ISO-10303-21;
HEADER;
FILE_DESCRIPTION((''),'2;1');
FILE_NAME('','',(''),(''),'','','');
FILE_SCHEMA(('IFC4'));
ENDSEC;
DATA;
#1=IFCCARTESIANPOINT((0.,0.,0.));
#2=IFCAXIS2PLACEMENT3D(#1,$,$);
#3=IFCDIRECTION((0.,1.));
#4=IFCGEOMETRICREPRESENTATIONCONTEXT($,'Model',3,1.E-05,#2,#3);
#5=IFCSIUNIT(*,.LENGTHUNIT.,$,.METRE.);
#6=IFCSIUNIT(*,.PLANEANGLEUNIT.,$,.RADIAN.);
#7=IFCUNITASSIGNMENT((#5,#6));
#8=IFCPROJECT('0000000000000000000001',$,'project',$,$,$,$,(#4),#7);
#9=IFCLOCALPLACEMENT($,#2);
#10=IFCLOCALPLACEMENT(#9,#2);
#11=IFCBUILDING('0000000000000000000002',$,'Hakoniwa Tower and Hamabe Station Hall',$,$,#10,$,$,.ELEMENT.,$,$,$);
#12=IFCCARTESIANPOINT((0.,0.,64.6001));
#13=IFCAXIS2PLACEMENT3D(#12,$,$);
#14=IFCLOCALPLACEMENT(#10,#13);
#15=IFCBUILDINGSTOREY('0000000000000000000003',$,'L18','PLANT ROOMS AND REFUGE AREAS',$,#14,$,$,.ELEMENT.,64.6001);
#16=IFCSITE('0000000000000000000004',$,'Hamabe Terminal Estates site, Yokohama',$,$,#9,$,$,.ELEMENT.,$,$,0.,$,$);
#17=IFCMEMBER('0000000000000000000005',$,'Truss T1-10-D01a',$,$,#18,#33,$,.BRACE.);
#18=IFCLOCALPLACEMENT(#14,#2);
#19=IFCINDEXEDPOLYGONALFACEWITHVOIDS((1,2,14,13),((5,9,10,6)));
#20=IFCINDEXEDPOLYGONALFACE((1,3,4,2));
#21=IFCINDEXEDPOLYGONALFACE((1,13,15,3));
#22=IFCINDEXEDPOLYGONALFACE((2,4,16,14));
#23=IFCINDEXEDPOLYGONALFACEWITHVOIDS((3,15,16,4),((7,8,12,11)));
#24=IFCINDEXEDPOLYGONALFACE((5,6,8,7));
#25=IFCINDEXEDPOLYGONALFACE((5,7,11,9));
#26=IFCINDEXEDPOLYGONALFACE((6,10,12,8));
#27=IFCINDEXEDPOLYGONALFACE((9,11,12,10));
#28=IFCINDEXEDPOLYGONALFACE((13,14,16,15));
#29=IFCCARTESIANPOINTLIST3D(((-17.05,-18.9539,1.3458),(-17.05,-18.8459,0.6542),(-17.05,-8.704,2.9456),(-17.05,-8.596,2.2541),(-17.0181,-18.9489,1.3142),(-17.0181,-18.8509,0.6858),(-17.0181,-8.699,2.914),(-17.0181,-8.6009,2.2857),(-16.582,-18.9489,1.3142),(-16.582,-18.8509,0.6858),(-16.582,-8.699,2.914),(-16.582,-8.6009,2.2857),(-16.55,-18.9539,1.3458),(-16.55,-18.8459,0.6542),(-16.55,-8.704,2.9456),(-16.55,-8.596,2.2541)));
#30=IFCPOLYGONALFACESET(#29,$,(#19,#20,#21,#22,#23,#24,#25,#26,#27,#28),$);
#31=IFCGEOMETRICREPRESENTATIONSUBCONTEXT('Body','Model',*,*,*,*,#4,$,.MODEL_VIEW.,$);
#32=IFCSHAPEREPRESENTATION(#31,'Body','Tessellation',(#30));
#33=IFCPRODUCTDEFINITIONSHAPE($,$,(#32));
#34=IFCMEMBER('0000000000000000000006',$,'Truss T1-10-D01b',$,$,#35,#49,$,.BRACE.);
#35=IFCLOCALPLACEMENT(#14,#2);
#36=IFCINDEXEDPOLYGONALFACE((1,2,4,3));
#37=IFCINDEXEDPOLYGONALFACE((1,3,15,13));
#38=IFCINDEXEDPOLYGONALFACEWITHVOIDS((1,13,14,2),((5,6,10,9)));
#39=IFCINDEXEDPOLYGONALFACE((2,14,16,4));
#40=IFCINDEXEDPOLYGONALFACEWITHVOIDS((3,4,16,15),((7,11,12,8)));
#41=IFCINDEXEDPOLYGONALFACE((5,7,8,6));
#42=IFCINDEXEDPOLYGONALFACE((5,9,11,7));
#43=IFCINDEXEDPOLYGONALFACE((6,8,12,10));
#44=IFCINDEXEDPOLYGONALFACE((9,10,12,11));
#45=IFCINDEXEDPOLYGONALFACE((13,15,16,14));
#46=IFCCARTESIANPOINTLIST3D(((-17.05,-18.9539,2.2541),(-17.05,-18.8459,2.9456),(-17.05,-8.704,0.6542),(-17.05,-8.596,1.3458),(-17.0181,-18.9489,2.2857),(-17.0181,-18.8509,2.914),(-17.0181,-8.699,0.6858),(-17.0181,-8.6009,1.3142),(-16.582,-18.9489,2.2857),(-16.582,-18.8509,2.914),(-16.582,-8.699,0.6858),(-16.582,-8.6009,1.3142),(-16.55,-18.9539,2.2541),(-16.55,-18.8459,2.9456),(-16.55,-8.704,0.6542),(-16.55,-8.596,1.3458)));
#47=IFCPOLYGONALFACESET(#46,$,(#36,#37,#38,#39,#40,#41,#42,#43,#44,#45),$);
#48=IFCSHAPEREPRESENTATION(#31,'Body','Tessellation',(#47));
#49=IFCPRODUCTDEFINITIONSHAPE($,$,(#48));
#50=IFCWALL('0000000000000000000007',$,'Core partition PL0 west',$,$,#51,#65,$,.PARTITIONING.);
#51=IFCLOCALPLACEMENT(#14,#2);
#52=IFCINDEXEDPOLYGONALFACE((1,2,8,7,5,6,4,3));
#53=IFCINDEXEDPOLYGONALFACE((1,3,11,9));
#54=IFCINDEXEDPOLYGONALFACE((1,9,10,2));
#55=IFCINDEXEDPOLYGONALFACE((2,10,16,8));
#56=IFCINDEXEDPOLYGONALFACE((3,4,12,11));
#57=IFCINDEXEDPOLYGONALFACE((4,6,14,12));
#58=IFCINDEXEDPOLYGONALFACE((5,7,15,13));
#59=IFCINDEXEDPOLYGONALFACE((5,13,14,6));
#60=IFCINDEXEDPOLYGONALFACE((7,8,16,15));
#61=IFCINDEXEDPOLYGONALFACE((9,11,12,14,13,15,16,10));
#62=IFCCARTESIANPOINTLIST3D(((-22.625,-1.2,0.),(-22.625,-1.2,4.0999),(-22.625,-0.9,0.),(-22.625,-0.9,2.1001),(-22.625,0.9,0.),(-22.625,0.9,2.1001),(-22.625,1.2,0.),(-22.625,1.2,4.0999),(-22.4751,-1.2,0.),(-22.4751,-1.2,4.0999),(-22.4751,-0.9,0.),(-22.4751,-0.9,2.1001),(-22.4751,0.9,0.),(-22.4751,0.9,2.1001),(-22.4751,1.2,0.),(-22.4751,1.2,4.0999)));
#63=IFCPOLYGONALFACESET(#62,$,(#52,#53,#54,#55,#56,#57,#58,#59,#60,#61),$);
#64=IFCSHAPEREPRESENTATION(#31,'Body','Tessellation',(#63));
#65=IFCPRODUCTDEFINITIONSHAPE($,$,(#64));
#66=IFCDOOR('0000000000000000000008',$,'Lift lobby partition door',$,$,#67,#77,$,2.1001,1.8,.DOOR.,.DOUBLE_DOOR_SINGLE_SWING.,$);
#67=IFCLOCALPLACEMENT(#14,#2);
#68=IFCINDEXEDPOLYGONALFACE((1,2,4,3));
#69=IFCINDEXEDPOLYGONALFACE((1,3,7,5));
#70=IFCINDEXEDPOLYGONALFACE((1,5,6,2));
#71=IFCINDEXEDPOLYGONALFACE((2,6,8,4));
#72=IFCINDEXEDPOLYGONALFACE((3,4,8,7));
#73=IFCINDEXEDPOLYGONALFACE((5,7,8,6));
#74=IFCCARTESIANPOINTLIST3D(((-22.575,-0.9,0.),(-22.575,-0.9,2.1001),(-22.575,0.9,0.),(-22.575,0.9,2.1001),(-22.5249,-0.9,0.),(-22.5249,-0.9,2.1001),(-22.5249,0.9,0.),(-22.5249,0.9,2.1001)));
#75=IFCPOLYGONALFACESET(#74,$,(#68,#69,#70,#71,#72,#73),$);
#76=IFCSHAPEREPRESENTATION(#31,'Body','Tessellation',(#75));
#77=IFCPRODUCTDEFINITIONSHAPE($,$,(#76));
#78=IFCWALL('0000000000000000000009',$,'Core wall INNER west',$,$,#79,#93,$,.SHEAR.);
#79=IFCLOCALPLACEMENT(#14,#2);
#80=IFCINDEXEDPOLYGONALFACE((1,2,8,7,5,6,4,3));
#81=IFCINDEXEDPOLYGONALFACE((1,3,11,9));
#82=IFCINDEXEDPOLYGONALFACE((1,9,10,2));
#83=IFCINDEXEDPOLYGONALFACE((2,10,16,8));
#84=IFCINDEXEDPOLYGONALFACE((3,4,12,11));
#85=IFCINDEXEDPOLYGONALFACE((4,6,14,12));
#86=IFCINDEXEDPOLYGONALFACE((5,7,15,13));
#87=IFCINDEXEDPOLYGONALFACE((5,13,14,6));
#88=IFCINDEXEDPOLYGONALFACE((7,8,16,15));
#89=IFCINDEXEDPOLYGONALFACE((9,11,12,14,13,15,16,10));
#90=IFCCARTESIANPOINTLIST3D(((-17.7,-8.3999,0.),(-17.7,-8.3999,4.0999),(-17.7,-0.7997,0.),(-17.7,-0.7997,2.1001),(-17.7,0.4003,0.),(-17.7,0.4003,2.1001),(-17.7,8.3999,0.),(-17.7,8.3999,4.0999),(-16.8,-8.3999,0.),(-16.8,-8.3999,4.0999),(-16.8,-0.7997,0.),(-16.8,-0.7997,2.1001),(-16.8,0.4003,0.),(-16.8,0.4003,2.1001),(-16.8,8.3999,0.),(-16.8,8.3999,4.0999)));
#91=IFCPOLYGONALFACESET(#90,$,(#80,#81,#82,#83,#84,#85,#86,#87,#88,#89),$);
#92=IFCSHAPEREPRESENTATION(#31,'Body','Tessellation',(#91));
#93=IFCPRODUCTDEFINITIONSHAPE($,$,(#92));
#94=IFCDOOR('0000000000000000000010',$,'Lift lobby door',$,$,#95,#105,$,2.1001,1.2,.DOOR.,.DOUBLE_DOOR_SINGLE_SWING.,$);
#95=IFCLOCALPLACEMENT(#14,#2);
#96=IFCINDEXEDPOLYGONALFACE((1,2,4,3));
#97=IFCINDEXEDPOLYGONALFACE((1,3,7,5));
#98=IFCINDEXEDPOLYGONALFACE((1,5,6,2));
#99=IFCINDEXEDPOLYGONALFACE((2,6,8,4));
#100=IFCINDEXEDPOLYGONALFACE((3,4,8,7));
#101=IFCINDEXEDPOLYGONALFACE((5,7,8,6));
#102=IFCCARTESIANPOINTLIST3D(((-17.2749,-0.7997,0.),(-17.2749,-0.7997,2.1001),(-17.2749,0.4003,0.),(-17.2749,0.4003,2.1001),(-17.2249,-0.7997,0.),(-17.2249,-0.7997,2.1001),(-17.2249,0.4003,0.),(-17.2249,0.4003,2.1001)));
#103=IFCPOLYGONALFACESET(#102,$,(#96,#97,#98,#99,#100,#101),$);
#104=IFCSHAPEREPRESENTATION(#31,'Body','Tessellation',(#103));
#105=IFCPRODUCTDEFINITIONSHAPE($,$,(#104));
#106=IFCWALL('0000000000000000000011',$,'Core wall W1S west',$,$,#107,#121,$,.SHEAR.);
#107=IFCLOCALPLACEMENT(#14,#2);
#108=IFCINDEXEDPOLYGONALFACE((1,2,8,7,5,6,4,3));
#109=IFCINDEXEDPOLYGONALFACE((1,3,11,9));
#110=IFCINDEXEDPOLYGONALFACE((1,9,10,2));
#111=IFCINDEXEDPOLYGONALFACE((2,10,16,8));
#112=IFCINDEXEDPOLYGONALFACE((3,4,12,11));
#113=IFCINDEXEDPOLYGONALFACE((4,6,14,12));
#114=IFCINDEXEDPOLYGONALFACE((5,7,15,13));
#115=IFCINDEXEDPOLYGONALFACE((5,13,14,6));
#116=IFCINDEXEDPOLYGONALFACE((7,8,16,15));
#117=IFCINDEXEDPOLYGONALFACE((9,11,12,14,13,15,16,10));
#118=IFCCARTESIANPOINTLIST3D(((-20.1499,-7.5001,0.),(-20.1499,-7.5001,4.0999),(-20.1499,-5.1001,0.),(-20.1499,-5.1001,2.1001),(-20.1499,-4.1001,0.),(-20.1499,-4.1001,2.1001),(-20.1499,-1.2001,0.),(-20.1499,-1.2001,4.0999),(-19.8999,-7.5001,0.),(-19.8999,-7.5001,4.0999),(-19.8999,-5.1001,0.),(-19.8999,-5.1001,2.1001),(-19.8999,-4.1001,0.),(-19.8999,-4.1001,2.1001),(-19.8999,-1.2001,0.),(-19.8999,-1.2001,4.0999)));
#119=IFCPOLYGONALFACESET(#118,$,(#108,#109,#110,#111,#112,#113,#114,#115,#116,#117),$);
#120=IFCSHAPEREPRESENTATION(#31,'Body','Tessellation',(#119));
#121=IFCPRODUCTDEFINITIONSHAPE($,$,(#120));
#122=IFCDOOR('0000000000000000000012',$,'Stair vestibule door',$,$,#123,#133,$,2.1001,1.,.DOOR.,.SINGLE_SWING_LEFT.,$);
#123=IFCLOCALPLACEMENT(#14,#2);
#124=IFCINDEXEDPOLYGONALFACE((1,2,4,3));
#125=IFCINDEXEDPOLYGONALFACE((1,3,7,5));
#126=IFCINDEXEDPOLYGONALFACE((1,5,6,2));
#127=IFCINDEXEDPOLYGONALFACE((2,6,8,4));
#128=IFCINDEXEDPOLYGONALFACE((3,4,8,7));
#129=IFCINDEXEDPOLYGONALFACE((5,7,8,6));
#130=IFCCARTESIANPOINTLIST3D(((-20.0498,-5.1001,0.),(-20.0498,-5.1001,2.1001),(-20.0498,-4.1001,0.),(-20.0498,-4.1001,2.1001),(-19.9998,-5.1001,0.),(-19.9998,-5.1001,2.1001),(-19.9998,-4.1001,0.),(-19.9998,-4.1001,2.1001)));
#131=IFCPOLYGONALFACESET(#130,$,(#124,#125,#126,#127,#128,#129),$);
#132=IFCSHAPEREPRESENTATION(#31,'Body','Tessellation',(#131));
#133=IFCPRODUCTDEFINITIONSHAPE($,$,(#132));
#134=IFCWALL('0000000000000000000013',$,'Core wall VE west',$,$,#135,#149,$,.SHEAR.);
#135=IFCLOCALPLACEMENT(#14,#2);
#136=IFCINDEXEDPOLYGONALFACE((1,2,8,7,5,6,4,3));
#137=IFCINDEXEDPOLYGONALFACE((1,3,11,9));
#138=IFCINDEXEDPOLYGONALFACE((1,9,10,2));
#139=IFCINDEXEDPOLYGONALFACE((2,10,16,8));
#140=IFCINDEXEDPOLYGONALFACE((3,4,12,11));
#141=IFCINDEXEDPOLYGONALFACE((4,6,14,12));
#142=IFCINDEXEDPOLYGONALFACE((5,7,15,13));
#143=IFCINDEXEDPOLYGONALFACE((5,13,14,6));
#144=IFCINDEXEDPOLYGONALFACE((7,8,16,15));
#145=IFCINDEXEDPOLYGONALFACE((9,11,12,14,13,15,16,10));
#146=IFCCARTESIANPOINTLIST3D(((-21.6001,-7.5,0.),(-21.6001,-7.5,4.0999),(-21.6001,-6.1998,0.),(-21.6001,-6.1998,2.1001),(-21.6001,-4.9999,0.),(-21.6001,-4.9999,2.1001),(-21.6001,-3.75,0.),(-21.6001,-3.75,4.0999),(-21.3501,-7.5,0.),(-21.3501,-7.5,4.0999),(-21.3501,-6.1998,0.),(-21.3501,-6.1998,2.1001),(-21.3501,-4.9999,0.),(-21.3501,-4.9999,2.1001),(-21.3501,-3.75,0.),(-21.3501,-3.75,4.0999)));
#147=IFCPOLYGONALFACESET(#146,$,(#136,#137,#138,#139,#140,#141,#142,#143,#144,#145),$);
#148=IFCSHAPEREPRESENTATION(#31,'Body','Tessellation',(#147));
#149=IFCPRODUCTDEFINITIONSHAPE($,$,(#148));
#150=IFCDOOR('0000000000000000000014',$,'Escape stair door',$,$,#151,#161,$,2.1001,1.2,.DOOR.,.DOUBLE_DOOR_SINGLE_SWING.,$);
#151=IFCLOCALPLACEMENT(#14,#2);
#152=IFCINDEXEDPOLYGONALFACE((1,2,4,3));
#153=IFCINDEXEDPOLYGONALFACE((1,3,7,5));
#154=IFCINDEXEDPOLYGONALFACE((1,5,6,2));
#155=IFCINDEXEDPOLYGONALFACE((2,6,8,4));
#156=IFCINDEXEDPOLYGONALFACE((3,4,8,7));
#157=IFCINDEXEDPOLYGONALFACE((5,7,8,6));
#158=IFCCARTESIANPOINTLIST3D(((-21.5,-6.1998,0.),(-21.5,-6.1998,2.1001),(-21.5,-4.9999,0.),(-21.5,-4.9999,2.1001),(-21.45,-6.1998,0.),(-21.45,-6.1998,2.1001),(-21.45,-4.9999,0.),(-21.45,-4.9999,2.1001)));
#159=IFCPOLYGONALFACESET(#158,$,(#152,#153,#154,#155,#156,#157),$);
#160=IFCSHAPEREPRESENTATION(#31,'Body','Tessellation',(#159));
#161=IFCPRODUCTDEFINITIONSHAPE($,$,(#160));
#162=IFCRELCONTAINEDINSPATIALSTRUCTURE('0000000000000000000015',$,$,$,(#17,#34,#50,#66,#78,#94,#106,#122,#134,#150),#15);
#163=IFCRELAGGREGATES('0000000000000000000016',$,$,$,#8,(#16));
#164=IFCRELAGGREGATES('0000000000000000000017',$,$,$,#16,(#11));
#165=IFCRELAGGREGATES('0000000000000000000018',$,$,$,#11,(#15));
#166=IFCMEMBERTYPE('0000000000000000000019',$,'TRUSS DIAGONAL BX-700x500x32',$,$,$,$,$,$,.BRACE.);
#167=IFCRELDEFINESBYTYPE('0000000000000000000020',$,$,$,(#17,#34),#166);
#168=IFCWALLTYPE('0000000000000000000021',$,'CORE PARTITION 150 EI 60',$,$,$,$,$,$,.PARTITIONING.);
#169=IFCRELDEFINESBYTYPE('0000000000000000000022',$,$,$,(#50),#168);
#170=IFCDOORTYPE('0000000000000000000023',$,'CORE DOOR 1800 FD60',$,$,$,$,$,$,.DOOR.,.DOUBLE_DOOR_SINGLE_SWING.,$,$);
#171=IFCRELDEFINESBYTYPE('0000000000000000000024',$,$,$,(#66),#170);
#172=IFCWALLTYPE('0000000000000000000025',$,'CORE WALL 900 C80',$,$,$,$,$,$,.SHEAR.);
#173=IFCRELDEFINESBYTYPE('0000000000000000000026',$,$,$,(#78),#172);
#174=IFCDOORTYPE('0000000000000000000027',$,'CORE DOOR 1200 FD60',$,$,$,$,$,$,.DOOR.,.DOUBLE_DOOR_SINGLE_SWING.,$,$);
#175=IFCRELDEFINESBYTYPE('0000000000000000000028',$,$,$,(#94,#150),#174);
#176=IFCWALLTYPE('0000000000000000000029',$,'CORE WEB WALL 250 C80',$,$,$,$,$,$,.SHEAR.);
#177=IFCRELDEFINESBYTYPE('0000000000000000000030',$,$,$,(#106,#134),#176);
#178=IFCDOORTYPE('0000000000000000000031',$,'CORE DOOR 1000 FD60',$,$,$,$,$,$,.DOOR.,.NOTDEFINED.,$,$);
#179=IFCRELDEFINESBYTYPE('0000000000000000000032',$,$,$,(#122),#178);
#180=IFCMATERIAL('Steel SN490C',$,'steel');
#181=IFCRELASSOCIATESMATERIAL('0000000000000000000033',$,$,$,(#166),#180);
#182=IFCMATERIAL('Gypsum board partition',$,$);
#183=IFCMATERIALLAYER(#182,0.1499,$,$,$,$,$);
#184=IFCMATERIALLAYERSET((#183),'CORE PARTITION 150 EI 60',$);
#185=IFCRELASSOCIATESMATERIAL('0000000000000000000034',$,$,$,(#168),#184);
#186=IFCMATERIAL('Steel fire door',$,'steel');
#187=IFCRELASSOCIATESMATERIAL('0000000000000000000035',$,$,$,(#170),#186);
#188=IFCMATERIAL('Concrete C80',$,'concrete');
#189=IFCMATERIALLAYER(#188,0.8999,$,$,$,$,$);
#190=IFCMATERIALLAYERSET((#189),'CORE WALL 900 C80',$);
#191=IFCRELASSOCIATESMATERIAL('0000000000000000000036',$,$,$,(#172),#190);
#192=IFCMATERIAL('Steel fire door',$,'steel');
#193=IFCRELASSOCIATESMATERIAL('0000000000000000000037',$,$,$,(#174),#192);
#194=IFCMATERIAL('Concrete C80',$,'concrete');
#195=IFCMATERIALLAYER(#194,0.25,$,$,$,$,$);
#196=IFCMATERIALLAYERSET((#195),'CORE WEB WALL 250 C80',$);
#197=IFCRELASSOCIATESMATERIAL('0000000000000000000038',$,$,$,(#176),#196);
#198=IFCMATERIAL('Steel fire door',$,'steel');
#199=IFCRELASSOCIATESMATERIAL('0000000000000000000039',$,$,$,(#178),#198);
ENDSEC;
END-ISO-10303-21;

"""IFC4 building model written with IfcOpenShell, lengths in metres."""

from ifc_helpers import new_model, si_unit, direction, frame, frame_2d, origin, origin_2d, place, context, subcontext, project, spatial, rectangle, hollow_rectangle, extrude, material, layer, layer_set, material_profile, profile_set, type_object, element, fill, save


model = new_model("IFC4")

# Units and contexts
model_context = context("Model", 3, precision=1e-05, world=origin(), true_north=direction((0.0, 1.0)))
body_context = subcontext(model_context, "Body", "Model", "MODEL_VIEW")
ifc_project = project(units=[si_unit("LENGTHUNIT", "METRE"), si_unit("PLANEANGLEUNIT", "RADIAN")], contexts=[model_context])

# Site, building, storey
site_placement = place(None, origin())
site = spatial("IfcSite", under=ifc_project, at=site_placement, Name="Hamabe Terminal Estates site, Yokohama", CompositionType="ELEMENT", RefElevation=0.0)
building_placement = place(site_placement, origin())
building = spatial("IfcBuilding", under=site, at=building_placement, Name="Hakoniwa Tower and Hamabe Station Hall", CompositionType="ELEMENT")
storey_placement = place(building_placement, frame((0.0, 0.0, 64.6001)))
storey = spatial("IfcBuildingStorey", under=building, at=storey_placement, Name="L18", Description="PLANT ROOMS AND REFUGE AREAS", CompositionType="ELEMENT", Elevation=64.6001)

# Members
ifc_material_1 = material(Name="Steel SN490C", Category="steel")
ifc_material_profile_1 = material_profile(ifc_material_1, hollow_rectangle(XDim=0.5, YDim=0.7, WallThickness=0.032, at=origin_2d()), Name="BX-700x500x32")
ifc_profile_set_1 = profile_set([ifc_material_profile_1], Name="Steel SN490C")
member_type = type_object("IfcMemberType", Name="TRUSS DIAGONAL BX-700x500x32", PredefinedType="BRACE", material=ifc_profile_set_1)
for number, where, z_axis, x_axis, name in (
    (1, (-16.8, -18.8999, 1.0), (0.0, 0.988037, 0.154216), (-1.0, 0.0, 0.0), "Truss T1-10-D01a"),
    (2, (-16.8, -18.8999, 2.5999), (0.0, 0.988037, -0.154216), (-1.0, 0.0, 0.0), "Truss T1-10-D01b"),
):
    element("IfcMember", number, at=place(storey_placement, frame(where, z_axis=z_axis, x_axis=x_axis)), inside=storey, type_object=member_type, Name=name, PredefinedType="BRACE", context=body_context, shape_type="SweptSolid", body=[
        extrude(hollow_rectangle(XDim=0.5, YDim=0.7, WallThickness=0.032, at=origin_2d()), origin(), (0.0, 0.0, 1.0), 10.374),
    ])

# Walls, openings, doors
ifc_material_2 = material(Name="Gypsum board partition")
ifc_layer_1 = layer(ifc_material_2, 0.1499)
ifc_layer_set_1 = layer_set([ifc_layer_1], Name="CORE PARTITION 150 EI 60")
wall_type_1 = type_object("IfcWallType", Name="CORE PARTITION 150 EI 60", PredefinedType="PARTITIONING", material=ifc_layer_set_1)
wall_1_placement = place(storey_placement, frame((-22.55, -1.2, 0.0), z_axis=(0.0, 0.0, 1.0), x_axis=(0.0, 1.0, 0.0)))
wall_1 = element("IfcWall", 3, at=wall_1_placement, inside=storey, type_object=wall_type_1, Name="Core partition PL0 west", PredefinedType="PARTITIONING", context=body_context, shape_type="SweptSolid", body=[
    extrude(rectangle(XDim=2.3999, YDim=0.1499, at=frame_2d((1.2, 0.0))), origin(), (0.0, 0.0, 1.0), 4.0999),
])
opening_1_placement = place(wall_1_placement, frame((0.3, 0.0, 0.0)))
opening_1 = element("IfcOpeningElement", 4, at=opening_1_placement, cuts=wall_1, PredefinedType="OPENING", context=body_context, shape_type="SweptSolid", body=[
    extrude(rectangle(XDim=1.8, YDim=2.1001, at=frame_2d((0.8999, 1.05))), frame((0.0, 0.085, 0.0), z_axis=(0.0, -1.0, 0.0), x_axis=(1.0, 0.0, 0.0)), (0.0, 0.0, 1.0), 0.1699),
])
ifc_material_3 = material(Name="Steel fire door", Category="steel")
door_type_1 = type_object("IfcDoorType", Name="CORE DOOR 1800 FD60", OperationType="DOUBLE_DOOR_SINGLE_SWING", PredefinedType="DOOR", material=ifc_material_3)
door_1_placement = place(opening_1_placement, origin())
door_1 = element("IfcDoor", 5, at=door_1_placement, inside=storey, type_object=door_type_1, Name="Lift lobby partition door", OperationType="DOUBLE_DOOR_SINGLE_SWING", OverallHeight=2.1001, OverallWidth=1.8, PredefinedType="DOOR", context=body_context, shape_type="SweptSolid", body=[
    extrude(rectangle(XDim=1.8, YDim=2.1001, at=frame_2d((0.8999, 1.05))), frame((0.0, 0.0249, 0.0), z_axis=(0.0, -1.0, 0.0), x_axis=(1.0, 0.0, 0.0)), (0.0, 0.0, 1.0), 0.05),
])
fill(opening_1, door_1)
ifc_material_4 = material(Name="Concrete C80", Category="concrete")
ifc_layer_2 = layer(ifc_material_4, 0.8999)
ifc_layer_set_2 = layer_set([ifc_layer_2], Name="CORE WALL 900 C80")
wall_type_2 = type_object("IfcWallType", Name="CORE WALL 900 C80", PredefinedType="SHEAR", material=ifc_layer_set_2)
wall_2_placement = place(storey_placement, frame((-17.25, -8.3999, 0.0), z_axis=(0.0, 0.0, 1.0), x_axis=(0.0, 1.0, 0.0)))
wall_2 = element("IfcWall", 6, at=wall_2_placement, inside=storey, type_object=wall_type_2, Name="Core wall INNER west", PredefinedType="SHEAR", context=body_context, shape_type="SweptSolid", body=[
    extrude(rectangle(XDim=16.7998, YDim=0.8999, at=frame_2d((8.3999, 0.0))), origin(), (0.0, 0.0, 1.0), 4.0999),
])
opening_2_placement = place(wall_2_placement, frame((7.6001, 0.0, 0.0)))
opening_2 = element("IfcOpeningElement", 7, at=opening_2_placement, cuts=wall_2, PredefinedType="OPENING", context=body_context, shape_type="SweptSolid", body=[
    extrude(rectangle(XDim=1.2, YDim=2.1001, at=frame_2d((0.6001, 1.05))), frame((0.0, 0.46, 0.0), z_axis=(0.0, -1.0, 0.0), x_axis=(1.0, 0.0, 0.0)), (0.0, 0.0, 1.0), 0.9199),
])
ifc_material_5 = material(Name="Steel fire door", Category="steel")
door_type_2 = type_object("IfcDoorType", Name="CORE DOOR 1200 FD60", OperationType="DOUBLE_DOOR_SINGLE_SWING", PredefinedType="DOOR", material=ifc_material_5)
door_2_placement = place(opening_2_placement, origin())
door_2 = element("IfcDoor", 8, at=door_2_placement, inside=storey, type_object=door_type_2, Name="Lift lobby door", OperationType="DOUBLE_DOOR_SINGLE_SWING", OverallHeight=2.1001, OverallWidth=1.2, PredefinedType="DOOR", context=body_context, shape_type="SweptSolid", body=[
    extrude(rectangle(XDim=1.2, YDim=2.1001, at=frame_2d((0.6001, 1.05))), frame((0.0, 0.0249, 0.0), z_axis=(0.0, -1.0, 0.0), x_axis=(1.0, 0.0, 0.0)), (0.0, 0.0, 1.0), 0.05),
])
fill(opening_2, door_2)
ifc_material_6 = material(Name="Concrete C80", Category="concrete")
ifc_layer_3 = layer(ifc_material_6, 0.25)
ifc_layer_set_3 = layer_set([ifc_layer_3], Name="CORE WEB WALL 250 C80")
wall_type_3 = type_object("IfcWallType", Name="CORE WEB WALL 250 C80", PredefinedType="SHEAR", material=ifc_layer_set_3)
wall_3_placement = place(storey_placement, frame((-20.0249, -7.5, 0.0), z_axis=(0.0, 0.0, 1.0), x_axis=(0.0, 1.0, 0.0)))
wall_3 = element("IfcWall", 9, at=wall_3_placement, inside=storey, type_object=wall_type_3, Name="Core wall W1S west", PredefinedType="SHEAR", context=body_context, shape_type="SweptSolid", body=[
    extrude(rectangle(XDim=6.3, YDim=0.25, at=frame_2d((3.1499, 0.0))), origin(), (0.0, 0.0, 1.0), 4.0999),
])
opening_3_placement = place(wall_3_placement, frame((2.3999, 0.0, 0.0)))
opening_3 = element("IfcOpeningElement", 10, at=opening_3_placement, cuts=wall_3, PredefinedType="OPENING", context=body_context, shape_type="SweptSolid", body=[
    extrude(rectangle(XDim=1.0, YDim=2.1001, at=frame_2d((0.5, 1.05))), frame((0.0, 0.135, 0.0), z_axis=(0.0, -1.0, 0.0), x_axis=(1.0, 0.0, 0.0)), (0.0, 0.0, 1.0), 0.27),
])
ifc_material_7 = material(Name="Steel fire door", Category="steel")
door_type_3 = type_object("IfcDoorType", Name="CORE DOOR 1000 FD60", OperationType="NOTDEFINED", PredefinedType="DOOR", material=ifc_material_7)
door_3_placement = place(opening_3_placement, origin())
door_3 = element("IfcDoor", 11, at=door_3_placement, inside=storey, type_object=door_type_3, Name="Stair vestibule door", OperationType="SINGLE_SWING_LEFT", OverallHeight=2.1001, OverallWidth=1.0, PredefinedType="DOOR", context=body_context, shape_type="SweptSolid", body=[
    extrude(rectangle(XDim=1.0, YDim=2.1001, at=frame_2d((0.5, 1.05))), frame((0.0, 0.0249, 0.0), z_axis=(0.0, -1.0, 0.0), x_axis=(1.0, 0.0, 0.0)), (0.0, 0.0, 1.0), 0.05),
])
fill(opening_3, door_3)
wall_4_placement = place(storey_placement, frame((-21.4751, -7.5, 0.0), z_axis=(0.0, 0.0, 1.0), x_axis=(0.0, 1.0, 0.0)))
wall_4 = element("IfcWall", 12, at=wall_4_placement, inside=storey, type_object=wall_type_3, Name="Core wall VE west", PredefinedType="SHEAR", context=body_context, shape_type="SweptSolid", body=[
    extrude(rectangle(XDim=3.75, YDim=0.25, at=frame_2d((1.875, 0.0))), origin(), (0.0, 0.0, 1.0), 4.0999),
])
opening_4_placement = place(wall_4_placement, frame((1.3, 0.0, 0.0)))
opening_4 = element("IfcOpeningElement", 13, at=opening_4_placement, cuts=wall_4, PredefinedType="OPENING", context=body_context, shape_type="SweptSolid", body=[
    extrude(rectangle(XDim=1.2, YDim=2.1001, at=frame_2d((0.6001, 1.05))), frame((0.0, 0.135, 0.0), z_axis=(0.0, -1.0, 0.0), x_axis=(1.0, 0.0, 0.0)), (0.0, 0.0, 1.0), 0.27),
])
door_4_placement = place(opening_4_placement, origin())
door_4 = element("IfcDoor", 14, at=door_4_placement, inside=storey, type_object=door_type_2, Name="Escape stair door", OperationType="DOUBLE_DOOR_SINGLE_SWING", OverallHeight=2.1001, OverallWidth=1.2, PredefinedType="DOOR", context=body_context, shape_type="SweptSolid", body=[
    extrude(rectangle(XDim=1.2, YDim=2.1001, at=frame_2d((0.6001, 1.05))), frame((0.0, 0.0249, 0.0), z_axis=(0.0, -1.0, 0.0), x_axis=(1.0, 0.0, 0.0)), (0.0, 0.0, 1.0), 0.05),
])
fill(opening_4, door_4)

save(model, "model.ifc")
